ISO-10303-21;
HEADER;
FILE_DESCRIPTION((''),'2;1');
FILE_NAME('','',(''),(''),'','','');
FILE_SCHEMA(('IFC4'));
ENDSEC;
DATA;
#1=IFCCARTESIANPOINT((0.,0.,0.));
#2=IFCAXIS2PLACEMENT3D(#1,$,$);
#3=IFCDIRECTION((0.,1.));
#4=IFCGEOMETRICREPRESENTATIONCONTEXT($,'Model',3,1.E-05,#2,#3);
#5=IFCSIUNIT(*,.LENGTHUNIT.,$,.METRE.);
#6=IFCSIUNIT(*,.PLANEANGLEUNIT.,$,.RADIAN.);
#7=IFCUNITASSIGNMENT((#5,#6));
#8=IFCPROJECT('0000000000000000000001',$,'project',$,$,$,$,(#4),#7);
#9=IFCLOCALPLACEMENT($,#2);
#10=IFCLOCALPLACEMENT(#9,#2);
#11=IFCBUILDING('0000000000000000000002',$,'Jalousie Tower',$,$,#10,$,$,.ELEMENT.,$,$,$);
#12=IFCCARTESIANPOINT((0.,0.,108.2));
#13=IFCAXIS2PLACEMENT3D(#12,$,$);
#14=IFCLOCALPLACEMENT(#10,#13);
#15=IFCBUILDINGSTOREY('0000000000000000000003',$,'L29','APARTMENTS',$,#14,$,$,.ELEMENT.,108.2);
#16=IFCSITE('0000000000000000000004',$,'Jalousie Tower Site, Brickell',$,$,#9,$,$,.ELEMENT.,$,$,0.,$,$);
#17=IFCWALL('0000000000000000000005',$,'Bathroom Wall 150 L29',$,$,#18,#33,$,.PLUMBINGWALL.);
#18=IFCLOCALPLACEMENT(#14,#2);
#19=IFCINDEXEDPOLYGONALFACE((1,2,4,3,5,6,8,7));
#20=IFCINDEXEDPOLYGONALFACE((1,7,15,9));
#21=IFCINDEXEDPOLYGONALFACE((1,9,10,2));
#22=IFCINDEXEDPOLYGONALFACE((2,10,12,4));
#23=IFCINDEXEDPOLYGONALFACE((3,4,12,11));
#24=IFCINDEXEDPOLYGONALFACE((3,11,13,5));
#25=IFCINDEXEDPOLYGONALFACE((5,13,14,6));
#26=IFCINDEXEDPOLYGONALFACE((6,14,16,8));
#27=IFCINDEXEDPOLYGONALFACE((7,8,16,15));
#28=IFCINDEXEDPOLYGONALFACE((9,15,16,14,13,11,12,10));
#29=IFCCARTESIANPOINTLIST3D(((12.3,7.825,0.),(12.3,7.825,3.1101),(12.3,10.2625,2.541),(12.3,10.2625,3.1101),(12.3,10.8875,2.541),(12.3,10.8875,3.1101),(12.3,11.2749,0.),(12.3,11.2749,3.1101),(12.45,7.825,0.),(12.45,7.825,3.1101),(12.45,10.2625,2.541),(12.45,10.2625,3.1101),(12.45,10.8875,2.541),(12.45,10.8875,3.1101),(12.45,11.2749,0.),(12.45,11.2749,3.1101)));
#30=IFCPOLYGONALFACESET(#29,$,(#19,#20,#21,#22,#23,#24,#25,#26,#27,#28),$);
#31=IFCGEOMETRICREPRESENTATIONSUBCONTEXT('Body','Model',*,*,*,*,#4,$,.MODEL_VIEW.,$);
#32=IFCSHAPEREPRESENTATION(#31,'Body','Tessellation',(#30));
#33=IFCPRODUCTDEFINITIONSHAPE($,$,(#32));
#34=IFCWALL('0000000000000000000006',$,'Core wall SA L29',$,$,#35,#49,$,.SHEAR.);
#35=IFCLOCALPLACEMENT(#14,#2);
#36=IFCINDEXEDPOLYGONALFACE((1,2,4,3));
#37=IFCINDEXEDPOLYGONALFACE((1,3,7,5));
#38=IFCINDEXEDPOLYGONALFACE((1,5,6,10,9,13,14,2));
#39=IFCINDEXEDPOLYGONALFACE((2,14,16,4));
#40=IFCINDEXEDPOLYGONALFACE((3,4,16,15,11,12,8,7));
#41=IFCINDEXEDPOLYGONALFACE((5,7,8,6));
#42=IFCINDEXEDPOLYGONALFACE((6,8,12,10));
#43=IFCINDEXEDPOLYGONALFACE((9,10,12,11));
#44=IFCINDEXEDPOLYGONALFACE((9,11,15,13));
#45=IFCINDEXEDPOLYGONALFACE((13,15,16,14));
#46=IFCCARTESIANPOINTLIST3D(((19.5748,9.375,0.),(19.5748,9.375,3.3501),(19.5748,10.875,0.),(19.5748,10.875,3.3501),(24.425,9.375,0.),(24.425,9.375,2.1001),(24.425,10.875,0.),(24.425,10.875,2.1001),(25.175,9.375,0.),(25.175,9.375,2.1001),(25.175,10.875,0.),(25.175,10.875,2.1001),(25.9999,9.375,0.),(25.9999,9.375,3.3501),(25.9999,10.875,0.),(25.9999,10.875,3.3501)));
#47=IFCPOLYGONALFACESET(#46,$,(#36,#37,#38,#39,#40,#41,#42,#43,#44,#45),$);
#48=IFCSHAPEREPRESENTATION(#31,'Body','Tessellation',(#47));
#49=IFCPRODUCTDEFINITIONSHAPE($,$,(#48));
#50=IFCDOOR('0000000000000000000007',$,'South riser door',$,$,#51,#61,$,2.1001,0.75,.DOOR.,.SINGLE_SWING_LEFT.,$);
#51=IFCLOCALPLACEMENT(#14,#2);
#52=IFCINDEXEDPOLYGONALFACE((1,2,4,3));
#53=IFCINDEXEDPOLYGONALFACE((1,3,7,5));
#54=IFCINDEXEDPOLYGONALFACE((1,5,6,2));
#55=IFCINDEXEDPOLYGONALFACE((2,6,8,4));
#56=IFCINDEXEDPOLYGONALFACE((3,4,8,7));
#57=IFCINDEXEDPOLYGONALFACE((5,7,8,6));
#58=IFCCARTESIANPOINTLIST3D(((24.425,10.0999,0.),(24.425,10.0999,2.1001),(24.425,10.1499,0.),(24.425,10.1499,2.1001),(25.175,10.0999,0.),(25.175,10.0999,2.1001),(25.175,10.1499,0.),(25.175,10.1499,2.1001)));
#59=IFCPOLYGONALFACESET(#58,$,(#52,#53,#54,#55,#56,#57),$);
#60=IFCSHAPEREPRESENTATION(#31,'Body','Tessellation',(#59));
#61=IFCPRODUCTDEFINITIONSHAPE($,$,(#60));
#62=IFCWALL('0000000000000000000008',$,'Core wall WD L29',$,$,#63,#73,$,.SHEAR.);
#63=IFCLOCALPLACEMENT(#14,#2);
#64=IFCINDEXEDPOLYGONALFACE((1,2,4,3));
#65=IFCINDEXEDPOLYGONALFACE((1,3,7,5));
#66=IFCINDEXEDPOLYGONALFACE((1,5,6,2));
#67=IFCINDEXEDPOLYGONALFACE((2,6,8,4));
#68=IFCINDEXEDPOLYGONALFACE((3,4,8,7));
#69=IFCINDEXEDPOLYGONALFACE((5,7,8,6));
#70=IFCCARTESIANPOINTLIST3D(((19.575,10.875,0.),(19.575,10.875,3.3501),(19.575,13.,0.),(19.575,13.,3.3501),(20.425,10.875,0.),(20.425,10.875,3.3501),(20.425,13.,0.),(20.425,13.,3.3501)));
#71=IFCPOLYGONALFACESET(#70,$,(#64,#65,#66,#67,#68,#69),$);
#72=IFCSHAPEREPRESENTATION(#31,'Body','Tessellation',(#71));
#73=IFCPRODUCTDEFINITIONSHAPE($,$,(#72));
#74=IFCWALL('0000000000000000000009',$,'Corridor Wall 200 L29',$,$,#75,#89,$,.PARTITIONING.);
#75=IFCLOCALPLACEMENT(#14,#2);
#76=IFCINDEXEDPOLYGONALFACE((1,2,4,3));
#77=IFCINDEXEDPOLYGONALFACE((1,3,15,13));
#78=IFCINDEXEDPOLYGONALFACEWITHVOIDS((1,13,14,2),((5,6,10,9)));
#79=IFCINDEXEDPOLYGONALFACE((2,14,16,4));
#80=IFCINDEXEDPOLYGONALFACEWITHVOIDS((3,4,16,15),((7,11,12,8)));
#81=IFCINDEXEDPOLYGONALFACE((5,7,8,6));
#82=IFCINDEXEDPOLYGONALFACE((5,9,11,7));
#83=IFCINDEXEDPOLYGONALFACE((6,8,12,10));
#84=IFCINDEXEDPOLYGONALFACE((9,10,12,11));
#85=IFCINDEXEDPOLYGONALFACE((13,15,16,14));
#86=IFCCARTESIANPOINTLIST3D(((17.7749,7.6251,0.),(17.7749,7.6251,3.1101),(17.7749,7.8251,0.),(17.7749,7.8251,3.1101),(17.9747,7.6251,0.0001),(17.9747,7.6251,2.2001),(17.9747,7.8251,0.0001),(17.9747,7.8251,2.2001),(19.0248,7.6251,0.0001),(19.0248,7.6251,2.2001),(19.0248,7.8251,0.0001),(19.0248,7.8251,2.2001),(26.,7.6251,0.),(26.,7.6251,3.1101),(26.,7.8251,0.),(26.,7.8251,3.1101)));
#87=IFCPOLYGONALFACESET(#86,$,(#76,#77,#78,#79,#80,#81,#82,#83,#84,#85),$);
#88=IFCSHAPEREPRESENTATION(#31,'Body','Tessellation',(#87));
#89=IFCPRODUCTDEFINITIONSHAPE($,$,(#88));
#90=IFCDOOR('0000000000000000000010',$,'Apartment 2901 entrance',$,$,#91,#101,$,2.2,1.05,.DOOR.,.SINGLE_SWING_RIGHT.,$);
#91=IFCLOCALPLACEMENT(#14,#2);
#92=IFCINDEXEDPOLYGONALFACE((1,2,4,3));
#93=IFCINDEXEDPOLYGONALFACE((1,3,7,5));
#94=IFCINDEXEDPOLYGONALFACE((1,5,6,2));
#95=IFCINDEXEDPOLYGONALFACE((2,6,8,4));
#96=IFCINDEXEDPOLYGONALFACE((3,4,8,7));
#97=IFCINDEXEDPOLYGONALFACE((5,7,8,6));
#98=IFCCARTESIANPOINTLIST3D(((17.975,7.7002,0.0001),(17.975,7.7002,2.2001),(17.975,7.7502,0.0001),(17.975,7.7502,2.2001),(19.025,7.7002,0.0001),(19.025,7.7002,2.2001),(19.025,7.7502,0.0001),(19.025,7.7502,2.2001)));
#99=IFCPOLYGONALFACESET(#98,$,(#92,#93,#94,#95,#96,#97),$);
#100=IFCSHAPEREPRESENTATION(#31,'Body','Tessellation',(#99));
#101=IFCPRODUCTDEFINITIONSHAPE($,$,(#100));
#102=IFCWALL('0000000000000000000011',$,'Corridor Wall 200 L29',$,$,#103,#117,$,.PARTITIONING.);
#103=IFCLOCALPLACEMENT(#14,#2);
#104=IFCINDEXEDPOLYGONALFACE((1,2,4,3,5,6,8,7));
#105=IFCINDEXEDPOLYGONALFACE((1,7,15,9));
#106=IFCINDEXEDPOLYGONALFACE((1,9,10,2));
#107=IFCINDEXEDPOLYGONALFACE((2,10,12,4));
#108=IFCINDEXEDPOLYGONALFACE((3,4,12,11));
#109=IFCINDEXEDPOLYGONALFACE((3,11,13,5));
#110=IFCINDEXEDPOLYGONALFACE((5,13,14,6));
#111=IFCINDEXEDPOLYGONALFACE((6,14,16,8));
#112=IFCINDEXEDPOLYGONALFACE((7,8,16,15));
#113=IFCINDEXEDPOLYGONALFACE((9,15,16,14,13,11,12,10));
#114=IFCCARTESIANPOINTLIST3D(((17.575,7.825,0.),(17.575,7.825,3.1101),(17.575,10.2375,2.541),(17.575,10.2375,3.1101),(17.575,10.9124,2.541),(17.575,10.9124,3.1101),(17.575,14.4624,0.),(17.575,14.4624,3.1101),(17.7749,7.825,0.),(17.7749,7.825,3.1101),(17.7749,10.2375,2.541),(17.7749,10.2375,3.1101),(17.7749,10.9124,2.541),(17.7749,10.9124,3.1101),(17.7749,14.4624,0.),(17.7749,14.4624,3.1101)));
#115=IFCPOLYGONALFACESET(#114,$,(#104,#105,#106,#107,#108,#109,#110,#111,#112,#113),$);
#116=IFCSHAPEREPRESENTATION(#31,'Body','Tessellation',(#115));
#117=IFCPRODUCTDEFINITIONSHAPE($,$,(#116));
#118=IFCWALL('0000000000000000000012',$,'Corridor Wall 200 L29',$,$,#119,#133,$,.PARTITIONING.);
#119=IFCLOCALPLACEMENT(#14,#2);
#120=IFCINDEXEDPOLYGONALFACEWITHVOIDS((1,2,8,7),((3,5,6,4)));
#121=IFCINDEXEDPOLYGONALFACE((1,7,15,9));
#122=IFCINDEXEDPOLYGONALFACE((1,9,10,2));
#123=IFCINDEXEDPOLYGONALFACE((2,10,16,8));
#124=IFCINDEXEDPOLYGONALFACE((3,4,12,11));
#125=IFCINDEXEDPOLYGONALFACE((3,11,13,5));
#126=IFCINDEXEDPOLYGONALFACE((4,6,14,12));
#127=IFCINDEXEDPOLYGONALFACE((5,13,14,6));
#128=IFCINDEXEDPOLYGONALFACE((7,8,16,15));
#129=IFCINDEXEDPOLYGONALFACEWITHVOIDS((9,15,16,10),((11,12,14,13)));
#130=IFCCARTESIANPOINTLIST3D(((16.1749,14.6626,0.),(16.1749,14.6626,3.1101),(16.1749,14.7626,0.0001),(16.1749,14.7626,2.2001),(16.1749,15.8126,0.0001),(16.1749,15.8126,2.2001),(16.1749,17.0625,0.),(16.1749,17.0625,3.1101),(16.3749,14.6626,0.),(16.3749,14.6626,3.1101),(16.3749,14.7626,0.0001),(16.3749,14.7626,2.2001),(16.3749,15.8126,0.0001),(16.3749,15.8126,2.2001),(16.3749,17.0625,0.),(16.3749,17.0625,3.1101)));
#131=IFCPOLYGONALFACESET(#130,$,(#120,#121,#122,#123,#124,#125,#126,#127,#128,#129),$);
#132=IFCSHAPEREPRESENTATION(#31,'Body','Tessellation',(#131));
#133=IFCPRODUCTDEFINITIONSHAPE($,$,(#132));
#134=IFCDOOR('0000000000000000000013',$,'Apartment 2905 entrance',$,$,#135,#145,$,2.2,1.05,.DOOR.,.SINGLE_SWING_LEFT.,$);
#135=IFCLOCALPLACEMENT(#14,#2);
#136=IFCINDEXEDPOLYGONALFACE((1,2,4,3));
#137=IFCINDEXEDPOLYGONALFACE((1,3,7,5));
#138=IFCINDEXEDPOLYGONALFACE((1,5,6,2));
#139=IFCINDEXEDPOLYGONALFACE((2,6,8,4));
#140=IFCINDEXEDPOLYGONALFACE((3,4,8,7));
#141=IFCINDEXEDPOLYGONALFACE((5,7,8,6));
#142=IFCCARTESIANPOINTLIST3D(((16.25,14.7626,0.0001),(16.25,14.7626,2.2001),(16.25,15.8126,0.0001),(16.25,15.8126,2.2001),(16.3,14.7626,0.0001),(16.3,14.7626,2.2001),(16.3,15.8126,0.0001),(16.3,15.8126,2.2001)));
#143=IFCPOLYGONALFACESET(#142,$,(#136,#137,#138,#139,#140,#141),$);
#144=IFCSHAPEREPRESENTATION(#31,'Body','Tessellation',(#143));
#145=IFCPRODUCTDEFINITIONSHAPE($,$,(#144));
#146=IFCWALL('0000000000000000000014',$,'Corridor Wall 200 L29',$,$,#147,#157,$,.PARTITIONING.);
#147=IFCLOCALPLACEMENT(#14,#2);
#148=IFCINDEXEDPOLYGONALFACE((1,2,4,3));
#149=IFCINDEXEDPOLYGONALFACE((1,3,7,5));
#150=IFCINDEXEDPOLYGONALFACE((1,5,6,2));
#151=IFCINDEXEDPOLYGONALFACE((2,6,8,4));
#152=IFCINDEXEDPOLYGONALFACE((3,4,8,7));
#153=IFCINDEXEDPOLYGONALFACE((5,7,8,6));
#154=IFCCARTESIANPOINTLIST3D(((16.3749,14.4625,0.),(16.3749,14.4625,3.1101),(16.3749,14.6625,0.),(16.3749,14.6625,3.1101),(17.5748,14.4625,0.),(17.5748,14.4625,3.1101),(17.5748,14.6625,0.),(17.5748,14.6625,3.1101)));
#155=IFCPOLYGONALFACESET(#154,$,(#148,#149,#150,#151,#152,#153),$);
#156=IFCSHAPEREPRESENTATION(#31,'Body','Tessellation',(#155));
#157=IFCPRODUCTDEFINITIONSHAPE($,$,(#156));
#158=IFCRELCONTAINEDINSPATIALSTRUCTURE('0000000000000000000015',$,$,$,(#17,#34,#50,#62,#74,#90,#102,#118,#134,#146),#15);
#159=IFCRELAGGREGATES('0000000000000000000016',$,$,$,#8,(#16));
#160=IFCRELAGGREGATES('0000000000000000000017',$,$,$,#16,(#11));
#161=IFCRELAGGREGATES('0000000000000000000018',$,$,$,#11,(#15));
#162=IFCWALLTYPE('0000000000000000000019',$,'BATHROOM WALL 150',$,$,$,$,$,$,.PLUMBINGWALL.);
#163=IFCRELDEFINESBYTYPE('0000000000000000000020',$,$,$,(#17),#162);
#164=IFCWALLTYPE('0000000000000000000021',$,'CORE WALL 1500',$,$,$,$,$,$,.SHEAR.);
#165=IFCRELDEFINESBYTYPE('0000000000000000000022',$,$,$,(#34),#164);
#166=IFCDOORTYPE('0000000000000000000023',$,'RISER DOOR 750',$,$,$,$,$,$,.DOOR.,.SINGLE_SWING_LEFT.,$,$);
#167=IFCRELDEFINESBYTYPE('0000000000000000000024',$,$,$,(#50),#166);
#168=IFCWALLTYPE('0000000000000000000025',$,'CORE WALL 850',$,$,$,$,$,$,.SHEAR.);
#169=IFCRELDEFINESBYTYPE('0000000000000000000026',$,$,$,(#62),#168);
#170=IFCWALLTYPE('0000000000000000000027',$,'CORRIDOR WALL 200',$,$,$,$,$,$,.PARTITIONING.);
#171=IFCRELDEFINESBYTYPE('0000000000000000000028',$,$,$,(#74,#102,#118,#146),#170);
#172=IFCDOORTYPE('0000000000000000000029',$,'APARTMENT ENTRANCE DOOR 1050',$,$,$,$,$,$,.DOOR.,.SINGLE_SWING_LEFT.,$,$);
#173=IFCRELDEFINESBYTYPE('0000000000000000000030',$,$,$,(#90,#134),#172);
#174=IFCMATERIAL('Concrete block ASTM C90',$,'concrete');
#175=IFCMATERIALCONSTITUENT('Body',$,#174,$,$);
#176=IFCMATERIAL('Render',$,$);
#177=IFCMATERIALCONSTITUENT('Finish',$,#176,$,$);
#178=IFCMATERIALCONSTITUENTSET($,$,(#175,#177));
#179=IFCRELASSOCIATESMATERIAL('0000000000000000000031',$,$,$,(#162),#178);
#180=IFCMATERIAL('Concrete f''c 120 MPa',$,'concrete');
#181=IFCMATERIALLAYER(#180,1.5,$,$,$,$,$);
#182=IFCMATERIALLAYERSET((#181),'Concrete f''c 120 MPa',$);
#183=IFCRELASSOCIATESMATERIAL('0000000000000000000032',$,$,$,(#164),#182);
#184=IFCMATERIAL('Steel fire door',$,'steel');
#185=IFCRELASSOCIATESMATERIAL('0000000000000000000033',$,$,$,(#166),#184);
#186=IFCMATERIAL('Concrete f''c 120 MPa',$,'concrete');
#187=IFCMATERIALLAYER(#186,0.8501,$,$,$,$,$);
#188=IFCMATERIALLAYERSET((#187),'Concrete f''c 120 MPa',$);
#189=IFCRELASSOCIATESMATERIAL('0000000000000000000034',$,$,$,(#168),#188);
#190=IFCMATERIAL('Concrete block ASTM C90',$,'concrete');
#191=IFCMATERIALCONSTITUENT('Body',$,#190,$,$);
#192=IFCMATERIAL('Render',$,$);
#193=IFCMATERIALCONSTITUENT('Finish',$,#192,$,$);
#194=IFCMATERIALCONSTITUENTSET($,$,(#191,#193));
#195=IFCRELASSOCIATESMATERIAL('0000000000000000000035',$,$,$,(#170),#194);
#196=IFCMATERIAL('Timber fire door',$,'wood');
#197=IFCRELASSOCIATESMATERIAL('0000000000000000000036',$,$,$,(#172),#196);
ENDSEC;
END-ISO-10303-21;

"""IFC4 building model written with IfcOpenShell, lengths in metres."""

from ifc_helpers import new_model, si_unit, direction, frame, frame_2d, origin, place, context, subcontext, project, spatial, polyline, rectangle, outline, extrude, material, layer, layer_set, constituent, constituent_set, type_object, element, fill, save


model = new_model("IFC4")

# Units and contexts
model_context = context("Model", 3, precision=1e-05, world=origin(), true_north=direction((0.0, 1.0)))
body_context = subcontext(model_context, "Body", "Model", "MODEL_VIEW")
ifc_project = project(units=[si_unit("LENGTHUNIT", "METRE"), si_unit("PLANEANGLEUNIT", "RADIAN")], contexts=[model_context])

# Site, building, storey
site_placement = place(None, origin())
site = spatial("IfcSite", under=ifc_project, at=site_placement, Name="Jalousie Tower Site, Brickell", CompositionType="ELEMENT", RefElevation=0.0)
building_placement = place(site_placement, origin())
building = spatial("IfcBuilding", under=site, at=building_placement, Name="Jalousie Tower", CompositionType="ELEMENT")
storey_placement = place(building_placement, frame((0.0, 0.0, 108.2)))
storey = spatial("IfcBuildingStorey", under=building, at=storey_placement, Name="L29", Description="APARTMENTS", CompositionType="ELEMENT", Elevation=108.2)

# Wall
ifc_material_1 = material(Name="Concrete block ASTM C90", Category="concrete")
ifc_constituent_1 = constituent(ifc_material_1, Name="Body")
ifc_material_2 = material(Name="Render")
ifc_constituent_2 = constituent(ifc_material_2, Name="Finish")
ifc_constituent_set_1 = constituent_set(constituents=[ifc_constituent_1, ifc_constituent_2])
wall_type_1 = type_object("IfcWallType", Name="BATHROOM WALL 150", PredefinedType="PLUMBINGWALL", material=ifc_constituent_set_1)
wall_1_placement = place(storey_placement, frame((12.375, 7.825, 0.0), z_axis=(0.0, 0.0, 1.0), x_axis=(0.0, 1.0, 0.0)))
element("IfcWall", 1, at=wall_1_placement, inside=storey, type_object=wall_type_1, Name="Bathroom Wall 150 L29", PredefinedType="PLUMBINGWALL", context=body_context, shape_type="SweptSolid", body=[
    extrude(outline(polyline([(0.0, 0.0), (3.45, 0.0), (3.45, 3.1101), (3.0625, 3.1101), (3.0625, 2.541), (2.4375, 2.541), (2.4375, 3.1101), (0.0, 3.1101), (0.0, 0.0)])), frame((0.0, 0.075, 0.0), z_axis=(0.0, -1.0, 0.0), x_axis=(1.0, 0.0, 0.0)), (0.0, 0.0, 1.0), 0.1499),
])

# Wall, opening, door
ifc_material_3 = material(Name="Concrete f'c 120 MPa", Category="concrete")
ifc_layer_1 = layer(ifc_material_3, 1.5)
ifc_layer_set_1 = layer_set([ifc_layer_1], Name="Concrete f'c 120 MPa")
wall_type_2 = type_object("IfcWallType", Name="CORE WALL 1500", PredefinedType="SHEAR", material=ifc_layer_set_1)
wall_2_placement = place(storey_placement, frame((19.575, 10.125, 0.0), z_axis=(0.0, 0.0, 1.0), x_axis=(1.0, 0.0, 0.0)))
wall_2 = element("IfcWall", 2, at=wall_2_placement, inside=storey, type_object=wall_type_2, Name="Core wall SA L29", PredefinedType="SHEAR", context=body_context, shape_type="SweptSolid", body=[
    extrude(rectangle(XDim=6.425, YDim=1.5, at=frame_2d((3.2124, 0.0))), origin(), (0.0, 0.0, 1.0), 3.3501),
])
opening_1_placement = place(wall_2_placement, frame((4.8501, 0.0, 0.0)))
opening_1 = element("IfcOpeningElement", 3, at=opening_1_placement, cuts=wall_2, PredefinedType="OPENING", context=body_context, shape_type="SweptSolid", body=[
    extrude(rectangle(XDim=0.75, YDim=2.1001, at=frame_2d((0.375, 1.05))), frame((0.0, 0.76, 0.0), z_axis=(0.0, -1.0, 0.0), x_axis=(1.0, 0.0, 0.0)), (0.0, 0.0, 1.0), 1.52),
])
ifc_material_4 = material(Name="Steel fire door", Category="steel")
door_type_1 = type_object("IfcDoorType", Name="RISER DOOR 750", OperationType="SINGLE_SWING_LEFT", PredefinedType="DOOR", material=ifc_material_4)
door_1_placement = place(opening_1_placement, origin())
door_1 = element("IfcDoor", 4, at=door_1_placement, inside=storey, type_object=door_type_1, Name="South riser door", OperationType="SINGLE_SWING_LEFT", OverallHeight=2.1001, OverallWidth=0.75, PredefinedType="DOOR", context=body_context, shape_type="SweptSolid", body=[
    extrude(rectangle(XDim=0.75, YDim=2.1001, at=frame_2d((0.375, 1.05))), frame((0.0, 0.0249, 0.0), z_axis=(0.0, -1.0, 0.0), x_axis=(1.0, 0.0, 0.0)), (0.0, 0.0, 1.0), 0.05),
])
fill(opening_1, door_1)

# Wall
ifc_material_5 = material(Name="Concrete f'c 120 MPa", Category="concrete")
ifc_layer_2 = layer(ifc_material_5, 0.8501)
ifc_layer_set_2 = layer_set([ifc_layer_2], Name="Concrete f'c 120 MPa")
wall_type_3 = type_object("IfcWallType", Name="CORE WALL 850", PredefinedType="SHEAR", material=ifc_layer_set_2)
wall_3_placement = place(storey_placement, frame((20.0, 13.0, 0.0), z_axis=(0.0, 0.0, 1.0), x_axis=(0.0, -1.0, 0.0)))
element("IfcWall", 5, at=wall_3_placement, inside=storey, type_object=wall_type_3, Name="Core wall WD L29", PredefinedType="SHEAR", context=body_context, shape_type="SweptSolid", body=[
    extrude(rectangle(XDim=2.125, YDim=0.8501, at=frame_2d((1.0625, 0.0))), origin(), (0.0, 0.0, 1.0), 3.3501),
])

# Wall, opening, door
ifc_material_6 = material(Name="Concrete block ASTM C90", Category="concrete")
ifc_constituent_3 = constituent(ifc_material_6, Name="Body")
ifc_material_7 = material(Name="Render")
ifc_constituent_4 = constituent(ifc_material_7, Name="Finish")
ifc_constituent_set_2 = constituent_set(constituents=[ifc_constituent_3, ifc_constituent_4])
wall_type_4 = type_object("IfcWallType", Name="CORRIDOR WALL 200", PredefinedType="PARTITIONING", material=ifc_constituent_set_2)
wall_4_placement = place(storey_placement, frame((17.7749, 7.7251, 0.0), z_axis=(0.0, 0.0, 1.0), x_axis=(1.0, 0.0, 0.0)))
wall_4 = element("IfcWall", 6, at=wall_4_placement, inside=storey, type_object=wall_type_4, Name="Corridor Wall 200 L29", PredefinedType="PARTITIONING", context=body_context, shape_type="SweptSolid", body=[
    extrude(rectangle(XDim=8.2251, YDim=0.2, at=frame_2d((4.1125, 0.0))), origin(), (0.0, 0.0, 1.0), 3.1101),
])
opening_2_placement = place(wall_4_placement, frame((0.2, 0.0, 0.0)))
opening_2 = element("IfcOpeningElement", 7, at=opening_2_placement, cuts=wall_4, PredefinedType="OPENING", context=body_context, shape_type="SweptSolid", body=[
    extrude(rectangle(XDim=1.05, YDim=2.2, at=frame_2d((0.5249, 1.1001))), frame((0.0, 0.1099, 0.0), z_axis=(0.0, -1.0, 0.0), x_axis=(1.0, 0.0, 0.0)), (0.0, 0.0, 1.0), 0.22),
])
ifc_material_8 = material(Name="Timber fire door", Category="wood")
door_type_2 = type_object("IfcDoorType", Name="APARTMENT ENTRANCE DOOR 1050", OperationType="SINGLE_SWING_LEFT", PredefinedType="DOOR", material=ifc_material_8)
door_2_placement = place(opening_2_placement, frame((1.05, 0.0, 0.0), z_axis=(0.0, 0.0, 1.0), x_axis=(-1.0, 0.0, 0.0)))
door_2 = element("IfcDoor", 8, at=door_2_placement, inside=storey, type_object=door_type_2, Name="Apartment 2901 entrance", OperationType="SINGLE_SWING_RIGHT", OverallHeight=2.2, OverallWidth=1.05, PredefinedType="DOOR", context=body_context, shape_type="SweptSolid", body=[
    extrude(rectangle(XDim=1.05, YDim=2.2, at=frame_2d((0.5249, 1.1001))), frame((0.0, 0.0249, 0.0), z_axis=(0.0, -1.0, 0.0), x_axis=(1.0, 0.0, 0.0)), (0.0, 0.0, 1.0), 0.05),
])
fill(opening_2, door_2)

# Wall
wall_5_placement = place(storey_placement, frame((17.675, 7.825, 0.0), z_axis=(0.0, 0.0, 1.0), x_axis=(0.0, 1.0, 0.0)))
element("IfcWall", 9, at=wall_5_placement, inside=storey, type_object=wall_type_4, Name="Corridor Wall 200 L29", PredefinedType="PARTITIONING", context=body_context, shape_type="SweptSolid", body=[
    extrude(outline(polyline([(0.0, 0.0), (6.6375, 0.0), (6.6375, 3.1101), (3.0874, 3.1101), (3.0874, 2.541), (2.4126, 2.541), (2.4126, 3.1101), (0.0, 3.1101), (0.0, 0.0)])), frame((0.0, 0.1001, 0.0), z_axis=(0.0, -1.0, 0.0), x_axis=(1.0, 0.0, 0.0)), (0.0, 0.0, 1.0), 0.2),
])

# Wall, opening, door
wall_6_placement = place(storey_placement, frame((16.2749, 14.6626, 0.0), z_axis=(0.0, 0.0, 1.0), x_axis=(0.0, 1.0, 0.0)))
wall_6 = element("IfcWall", 10, at=wall_6_placement, inside=storey, type_object=wall_type_4, Name="Corridor Wall 200 L29", PredefinedType="PARTITIONING", context=body_context, shape_type="SweptSolid", body=[
    extrude(rectangle(XDim=2.3999, YDim=0.2, at=frame_2d((1.2, 0.0))), origin(), (0.0, 0.0, 1.0), 3.1101),
])
opening_3_placement = place(wall_6_placement, frame((0.1001, 0.0, 0.0)))
opening_3 = element("IfcOpeningElement", 11, at=opening_3_placement, cuts=wall_6, PredefinedType="OPENING", context=body_context, shape_type="SweptSolid", body=[
    extrude(rectangle(XDim=1.05, YDim=2.2, at=frame_2d((0.5249, 1.1001))), frame((0.0, 0.1099, 0.0), z_axis=(0.0, -1.0, 0.0), x_axis=(1.0, 0.0, 0.0)), (0.0, 0.0, 1.0), 0.22),
])
door_3_placement = place(opening_3_placement, origin())
door_3 = element("IfcDoor", 12, at=door_3_placement, inside=storey, type_object=door_type_2, Name="Apartment 2905 entrance", OperationType="SINGLE_SWING_LEFT", OverallHeight=2.2, OverallWidth=1.05, PredefinedType="DOOR", context=body_context, shape_type="SweptSolid", body=[
    extrude(rectangle(XDim=1.05, YDim=2.2, at=frame_2d((0.5249, 1.1001))), frame((0.0, 0.0249, 0.0), z_axis=(0.0, -1.0, 0.0), x_axis=(1.0, 0.0, 0.0)), (0.0, 0.0, 1.0), 0.05),
])
fill(opening_3, door_3)

# Wall
wall_7_placement = place(storey_placement, frame((17.575, 14.5625, 0.0), z_axis=(0.0, 0.0, 1.0), x_axis=(-1.0, 0.0, 0.0)))
element("IfcWall", 13, at=wall_7_placement, inside=storey, type_object=wall_type_4, Name="Corridor Wall 200 L29", PredefinedType="PARTITIONING", context=body_context, shape_type="SweptSolid", body=[
    extrude(rectangle(XDim=1.2, YDim=0.2, at=frame_2d((0.6001, 0.0))), origin(), (0.0, 0.0, 1.0), 3.1101),
])

save(model, "model.ifc")
